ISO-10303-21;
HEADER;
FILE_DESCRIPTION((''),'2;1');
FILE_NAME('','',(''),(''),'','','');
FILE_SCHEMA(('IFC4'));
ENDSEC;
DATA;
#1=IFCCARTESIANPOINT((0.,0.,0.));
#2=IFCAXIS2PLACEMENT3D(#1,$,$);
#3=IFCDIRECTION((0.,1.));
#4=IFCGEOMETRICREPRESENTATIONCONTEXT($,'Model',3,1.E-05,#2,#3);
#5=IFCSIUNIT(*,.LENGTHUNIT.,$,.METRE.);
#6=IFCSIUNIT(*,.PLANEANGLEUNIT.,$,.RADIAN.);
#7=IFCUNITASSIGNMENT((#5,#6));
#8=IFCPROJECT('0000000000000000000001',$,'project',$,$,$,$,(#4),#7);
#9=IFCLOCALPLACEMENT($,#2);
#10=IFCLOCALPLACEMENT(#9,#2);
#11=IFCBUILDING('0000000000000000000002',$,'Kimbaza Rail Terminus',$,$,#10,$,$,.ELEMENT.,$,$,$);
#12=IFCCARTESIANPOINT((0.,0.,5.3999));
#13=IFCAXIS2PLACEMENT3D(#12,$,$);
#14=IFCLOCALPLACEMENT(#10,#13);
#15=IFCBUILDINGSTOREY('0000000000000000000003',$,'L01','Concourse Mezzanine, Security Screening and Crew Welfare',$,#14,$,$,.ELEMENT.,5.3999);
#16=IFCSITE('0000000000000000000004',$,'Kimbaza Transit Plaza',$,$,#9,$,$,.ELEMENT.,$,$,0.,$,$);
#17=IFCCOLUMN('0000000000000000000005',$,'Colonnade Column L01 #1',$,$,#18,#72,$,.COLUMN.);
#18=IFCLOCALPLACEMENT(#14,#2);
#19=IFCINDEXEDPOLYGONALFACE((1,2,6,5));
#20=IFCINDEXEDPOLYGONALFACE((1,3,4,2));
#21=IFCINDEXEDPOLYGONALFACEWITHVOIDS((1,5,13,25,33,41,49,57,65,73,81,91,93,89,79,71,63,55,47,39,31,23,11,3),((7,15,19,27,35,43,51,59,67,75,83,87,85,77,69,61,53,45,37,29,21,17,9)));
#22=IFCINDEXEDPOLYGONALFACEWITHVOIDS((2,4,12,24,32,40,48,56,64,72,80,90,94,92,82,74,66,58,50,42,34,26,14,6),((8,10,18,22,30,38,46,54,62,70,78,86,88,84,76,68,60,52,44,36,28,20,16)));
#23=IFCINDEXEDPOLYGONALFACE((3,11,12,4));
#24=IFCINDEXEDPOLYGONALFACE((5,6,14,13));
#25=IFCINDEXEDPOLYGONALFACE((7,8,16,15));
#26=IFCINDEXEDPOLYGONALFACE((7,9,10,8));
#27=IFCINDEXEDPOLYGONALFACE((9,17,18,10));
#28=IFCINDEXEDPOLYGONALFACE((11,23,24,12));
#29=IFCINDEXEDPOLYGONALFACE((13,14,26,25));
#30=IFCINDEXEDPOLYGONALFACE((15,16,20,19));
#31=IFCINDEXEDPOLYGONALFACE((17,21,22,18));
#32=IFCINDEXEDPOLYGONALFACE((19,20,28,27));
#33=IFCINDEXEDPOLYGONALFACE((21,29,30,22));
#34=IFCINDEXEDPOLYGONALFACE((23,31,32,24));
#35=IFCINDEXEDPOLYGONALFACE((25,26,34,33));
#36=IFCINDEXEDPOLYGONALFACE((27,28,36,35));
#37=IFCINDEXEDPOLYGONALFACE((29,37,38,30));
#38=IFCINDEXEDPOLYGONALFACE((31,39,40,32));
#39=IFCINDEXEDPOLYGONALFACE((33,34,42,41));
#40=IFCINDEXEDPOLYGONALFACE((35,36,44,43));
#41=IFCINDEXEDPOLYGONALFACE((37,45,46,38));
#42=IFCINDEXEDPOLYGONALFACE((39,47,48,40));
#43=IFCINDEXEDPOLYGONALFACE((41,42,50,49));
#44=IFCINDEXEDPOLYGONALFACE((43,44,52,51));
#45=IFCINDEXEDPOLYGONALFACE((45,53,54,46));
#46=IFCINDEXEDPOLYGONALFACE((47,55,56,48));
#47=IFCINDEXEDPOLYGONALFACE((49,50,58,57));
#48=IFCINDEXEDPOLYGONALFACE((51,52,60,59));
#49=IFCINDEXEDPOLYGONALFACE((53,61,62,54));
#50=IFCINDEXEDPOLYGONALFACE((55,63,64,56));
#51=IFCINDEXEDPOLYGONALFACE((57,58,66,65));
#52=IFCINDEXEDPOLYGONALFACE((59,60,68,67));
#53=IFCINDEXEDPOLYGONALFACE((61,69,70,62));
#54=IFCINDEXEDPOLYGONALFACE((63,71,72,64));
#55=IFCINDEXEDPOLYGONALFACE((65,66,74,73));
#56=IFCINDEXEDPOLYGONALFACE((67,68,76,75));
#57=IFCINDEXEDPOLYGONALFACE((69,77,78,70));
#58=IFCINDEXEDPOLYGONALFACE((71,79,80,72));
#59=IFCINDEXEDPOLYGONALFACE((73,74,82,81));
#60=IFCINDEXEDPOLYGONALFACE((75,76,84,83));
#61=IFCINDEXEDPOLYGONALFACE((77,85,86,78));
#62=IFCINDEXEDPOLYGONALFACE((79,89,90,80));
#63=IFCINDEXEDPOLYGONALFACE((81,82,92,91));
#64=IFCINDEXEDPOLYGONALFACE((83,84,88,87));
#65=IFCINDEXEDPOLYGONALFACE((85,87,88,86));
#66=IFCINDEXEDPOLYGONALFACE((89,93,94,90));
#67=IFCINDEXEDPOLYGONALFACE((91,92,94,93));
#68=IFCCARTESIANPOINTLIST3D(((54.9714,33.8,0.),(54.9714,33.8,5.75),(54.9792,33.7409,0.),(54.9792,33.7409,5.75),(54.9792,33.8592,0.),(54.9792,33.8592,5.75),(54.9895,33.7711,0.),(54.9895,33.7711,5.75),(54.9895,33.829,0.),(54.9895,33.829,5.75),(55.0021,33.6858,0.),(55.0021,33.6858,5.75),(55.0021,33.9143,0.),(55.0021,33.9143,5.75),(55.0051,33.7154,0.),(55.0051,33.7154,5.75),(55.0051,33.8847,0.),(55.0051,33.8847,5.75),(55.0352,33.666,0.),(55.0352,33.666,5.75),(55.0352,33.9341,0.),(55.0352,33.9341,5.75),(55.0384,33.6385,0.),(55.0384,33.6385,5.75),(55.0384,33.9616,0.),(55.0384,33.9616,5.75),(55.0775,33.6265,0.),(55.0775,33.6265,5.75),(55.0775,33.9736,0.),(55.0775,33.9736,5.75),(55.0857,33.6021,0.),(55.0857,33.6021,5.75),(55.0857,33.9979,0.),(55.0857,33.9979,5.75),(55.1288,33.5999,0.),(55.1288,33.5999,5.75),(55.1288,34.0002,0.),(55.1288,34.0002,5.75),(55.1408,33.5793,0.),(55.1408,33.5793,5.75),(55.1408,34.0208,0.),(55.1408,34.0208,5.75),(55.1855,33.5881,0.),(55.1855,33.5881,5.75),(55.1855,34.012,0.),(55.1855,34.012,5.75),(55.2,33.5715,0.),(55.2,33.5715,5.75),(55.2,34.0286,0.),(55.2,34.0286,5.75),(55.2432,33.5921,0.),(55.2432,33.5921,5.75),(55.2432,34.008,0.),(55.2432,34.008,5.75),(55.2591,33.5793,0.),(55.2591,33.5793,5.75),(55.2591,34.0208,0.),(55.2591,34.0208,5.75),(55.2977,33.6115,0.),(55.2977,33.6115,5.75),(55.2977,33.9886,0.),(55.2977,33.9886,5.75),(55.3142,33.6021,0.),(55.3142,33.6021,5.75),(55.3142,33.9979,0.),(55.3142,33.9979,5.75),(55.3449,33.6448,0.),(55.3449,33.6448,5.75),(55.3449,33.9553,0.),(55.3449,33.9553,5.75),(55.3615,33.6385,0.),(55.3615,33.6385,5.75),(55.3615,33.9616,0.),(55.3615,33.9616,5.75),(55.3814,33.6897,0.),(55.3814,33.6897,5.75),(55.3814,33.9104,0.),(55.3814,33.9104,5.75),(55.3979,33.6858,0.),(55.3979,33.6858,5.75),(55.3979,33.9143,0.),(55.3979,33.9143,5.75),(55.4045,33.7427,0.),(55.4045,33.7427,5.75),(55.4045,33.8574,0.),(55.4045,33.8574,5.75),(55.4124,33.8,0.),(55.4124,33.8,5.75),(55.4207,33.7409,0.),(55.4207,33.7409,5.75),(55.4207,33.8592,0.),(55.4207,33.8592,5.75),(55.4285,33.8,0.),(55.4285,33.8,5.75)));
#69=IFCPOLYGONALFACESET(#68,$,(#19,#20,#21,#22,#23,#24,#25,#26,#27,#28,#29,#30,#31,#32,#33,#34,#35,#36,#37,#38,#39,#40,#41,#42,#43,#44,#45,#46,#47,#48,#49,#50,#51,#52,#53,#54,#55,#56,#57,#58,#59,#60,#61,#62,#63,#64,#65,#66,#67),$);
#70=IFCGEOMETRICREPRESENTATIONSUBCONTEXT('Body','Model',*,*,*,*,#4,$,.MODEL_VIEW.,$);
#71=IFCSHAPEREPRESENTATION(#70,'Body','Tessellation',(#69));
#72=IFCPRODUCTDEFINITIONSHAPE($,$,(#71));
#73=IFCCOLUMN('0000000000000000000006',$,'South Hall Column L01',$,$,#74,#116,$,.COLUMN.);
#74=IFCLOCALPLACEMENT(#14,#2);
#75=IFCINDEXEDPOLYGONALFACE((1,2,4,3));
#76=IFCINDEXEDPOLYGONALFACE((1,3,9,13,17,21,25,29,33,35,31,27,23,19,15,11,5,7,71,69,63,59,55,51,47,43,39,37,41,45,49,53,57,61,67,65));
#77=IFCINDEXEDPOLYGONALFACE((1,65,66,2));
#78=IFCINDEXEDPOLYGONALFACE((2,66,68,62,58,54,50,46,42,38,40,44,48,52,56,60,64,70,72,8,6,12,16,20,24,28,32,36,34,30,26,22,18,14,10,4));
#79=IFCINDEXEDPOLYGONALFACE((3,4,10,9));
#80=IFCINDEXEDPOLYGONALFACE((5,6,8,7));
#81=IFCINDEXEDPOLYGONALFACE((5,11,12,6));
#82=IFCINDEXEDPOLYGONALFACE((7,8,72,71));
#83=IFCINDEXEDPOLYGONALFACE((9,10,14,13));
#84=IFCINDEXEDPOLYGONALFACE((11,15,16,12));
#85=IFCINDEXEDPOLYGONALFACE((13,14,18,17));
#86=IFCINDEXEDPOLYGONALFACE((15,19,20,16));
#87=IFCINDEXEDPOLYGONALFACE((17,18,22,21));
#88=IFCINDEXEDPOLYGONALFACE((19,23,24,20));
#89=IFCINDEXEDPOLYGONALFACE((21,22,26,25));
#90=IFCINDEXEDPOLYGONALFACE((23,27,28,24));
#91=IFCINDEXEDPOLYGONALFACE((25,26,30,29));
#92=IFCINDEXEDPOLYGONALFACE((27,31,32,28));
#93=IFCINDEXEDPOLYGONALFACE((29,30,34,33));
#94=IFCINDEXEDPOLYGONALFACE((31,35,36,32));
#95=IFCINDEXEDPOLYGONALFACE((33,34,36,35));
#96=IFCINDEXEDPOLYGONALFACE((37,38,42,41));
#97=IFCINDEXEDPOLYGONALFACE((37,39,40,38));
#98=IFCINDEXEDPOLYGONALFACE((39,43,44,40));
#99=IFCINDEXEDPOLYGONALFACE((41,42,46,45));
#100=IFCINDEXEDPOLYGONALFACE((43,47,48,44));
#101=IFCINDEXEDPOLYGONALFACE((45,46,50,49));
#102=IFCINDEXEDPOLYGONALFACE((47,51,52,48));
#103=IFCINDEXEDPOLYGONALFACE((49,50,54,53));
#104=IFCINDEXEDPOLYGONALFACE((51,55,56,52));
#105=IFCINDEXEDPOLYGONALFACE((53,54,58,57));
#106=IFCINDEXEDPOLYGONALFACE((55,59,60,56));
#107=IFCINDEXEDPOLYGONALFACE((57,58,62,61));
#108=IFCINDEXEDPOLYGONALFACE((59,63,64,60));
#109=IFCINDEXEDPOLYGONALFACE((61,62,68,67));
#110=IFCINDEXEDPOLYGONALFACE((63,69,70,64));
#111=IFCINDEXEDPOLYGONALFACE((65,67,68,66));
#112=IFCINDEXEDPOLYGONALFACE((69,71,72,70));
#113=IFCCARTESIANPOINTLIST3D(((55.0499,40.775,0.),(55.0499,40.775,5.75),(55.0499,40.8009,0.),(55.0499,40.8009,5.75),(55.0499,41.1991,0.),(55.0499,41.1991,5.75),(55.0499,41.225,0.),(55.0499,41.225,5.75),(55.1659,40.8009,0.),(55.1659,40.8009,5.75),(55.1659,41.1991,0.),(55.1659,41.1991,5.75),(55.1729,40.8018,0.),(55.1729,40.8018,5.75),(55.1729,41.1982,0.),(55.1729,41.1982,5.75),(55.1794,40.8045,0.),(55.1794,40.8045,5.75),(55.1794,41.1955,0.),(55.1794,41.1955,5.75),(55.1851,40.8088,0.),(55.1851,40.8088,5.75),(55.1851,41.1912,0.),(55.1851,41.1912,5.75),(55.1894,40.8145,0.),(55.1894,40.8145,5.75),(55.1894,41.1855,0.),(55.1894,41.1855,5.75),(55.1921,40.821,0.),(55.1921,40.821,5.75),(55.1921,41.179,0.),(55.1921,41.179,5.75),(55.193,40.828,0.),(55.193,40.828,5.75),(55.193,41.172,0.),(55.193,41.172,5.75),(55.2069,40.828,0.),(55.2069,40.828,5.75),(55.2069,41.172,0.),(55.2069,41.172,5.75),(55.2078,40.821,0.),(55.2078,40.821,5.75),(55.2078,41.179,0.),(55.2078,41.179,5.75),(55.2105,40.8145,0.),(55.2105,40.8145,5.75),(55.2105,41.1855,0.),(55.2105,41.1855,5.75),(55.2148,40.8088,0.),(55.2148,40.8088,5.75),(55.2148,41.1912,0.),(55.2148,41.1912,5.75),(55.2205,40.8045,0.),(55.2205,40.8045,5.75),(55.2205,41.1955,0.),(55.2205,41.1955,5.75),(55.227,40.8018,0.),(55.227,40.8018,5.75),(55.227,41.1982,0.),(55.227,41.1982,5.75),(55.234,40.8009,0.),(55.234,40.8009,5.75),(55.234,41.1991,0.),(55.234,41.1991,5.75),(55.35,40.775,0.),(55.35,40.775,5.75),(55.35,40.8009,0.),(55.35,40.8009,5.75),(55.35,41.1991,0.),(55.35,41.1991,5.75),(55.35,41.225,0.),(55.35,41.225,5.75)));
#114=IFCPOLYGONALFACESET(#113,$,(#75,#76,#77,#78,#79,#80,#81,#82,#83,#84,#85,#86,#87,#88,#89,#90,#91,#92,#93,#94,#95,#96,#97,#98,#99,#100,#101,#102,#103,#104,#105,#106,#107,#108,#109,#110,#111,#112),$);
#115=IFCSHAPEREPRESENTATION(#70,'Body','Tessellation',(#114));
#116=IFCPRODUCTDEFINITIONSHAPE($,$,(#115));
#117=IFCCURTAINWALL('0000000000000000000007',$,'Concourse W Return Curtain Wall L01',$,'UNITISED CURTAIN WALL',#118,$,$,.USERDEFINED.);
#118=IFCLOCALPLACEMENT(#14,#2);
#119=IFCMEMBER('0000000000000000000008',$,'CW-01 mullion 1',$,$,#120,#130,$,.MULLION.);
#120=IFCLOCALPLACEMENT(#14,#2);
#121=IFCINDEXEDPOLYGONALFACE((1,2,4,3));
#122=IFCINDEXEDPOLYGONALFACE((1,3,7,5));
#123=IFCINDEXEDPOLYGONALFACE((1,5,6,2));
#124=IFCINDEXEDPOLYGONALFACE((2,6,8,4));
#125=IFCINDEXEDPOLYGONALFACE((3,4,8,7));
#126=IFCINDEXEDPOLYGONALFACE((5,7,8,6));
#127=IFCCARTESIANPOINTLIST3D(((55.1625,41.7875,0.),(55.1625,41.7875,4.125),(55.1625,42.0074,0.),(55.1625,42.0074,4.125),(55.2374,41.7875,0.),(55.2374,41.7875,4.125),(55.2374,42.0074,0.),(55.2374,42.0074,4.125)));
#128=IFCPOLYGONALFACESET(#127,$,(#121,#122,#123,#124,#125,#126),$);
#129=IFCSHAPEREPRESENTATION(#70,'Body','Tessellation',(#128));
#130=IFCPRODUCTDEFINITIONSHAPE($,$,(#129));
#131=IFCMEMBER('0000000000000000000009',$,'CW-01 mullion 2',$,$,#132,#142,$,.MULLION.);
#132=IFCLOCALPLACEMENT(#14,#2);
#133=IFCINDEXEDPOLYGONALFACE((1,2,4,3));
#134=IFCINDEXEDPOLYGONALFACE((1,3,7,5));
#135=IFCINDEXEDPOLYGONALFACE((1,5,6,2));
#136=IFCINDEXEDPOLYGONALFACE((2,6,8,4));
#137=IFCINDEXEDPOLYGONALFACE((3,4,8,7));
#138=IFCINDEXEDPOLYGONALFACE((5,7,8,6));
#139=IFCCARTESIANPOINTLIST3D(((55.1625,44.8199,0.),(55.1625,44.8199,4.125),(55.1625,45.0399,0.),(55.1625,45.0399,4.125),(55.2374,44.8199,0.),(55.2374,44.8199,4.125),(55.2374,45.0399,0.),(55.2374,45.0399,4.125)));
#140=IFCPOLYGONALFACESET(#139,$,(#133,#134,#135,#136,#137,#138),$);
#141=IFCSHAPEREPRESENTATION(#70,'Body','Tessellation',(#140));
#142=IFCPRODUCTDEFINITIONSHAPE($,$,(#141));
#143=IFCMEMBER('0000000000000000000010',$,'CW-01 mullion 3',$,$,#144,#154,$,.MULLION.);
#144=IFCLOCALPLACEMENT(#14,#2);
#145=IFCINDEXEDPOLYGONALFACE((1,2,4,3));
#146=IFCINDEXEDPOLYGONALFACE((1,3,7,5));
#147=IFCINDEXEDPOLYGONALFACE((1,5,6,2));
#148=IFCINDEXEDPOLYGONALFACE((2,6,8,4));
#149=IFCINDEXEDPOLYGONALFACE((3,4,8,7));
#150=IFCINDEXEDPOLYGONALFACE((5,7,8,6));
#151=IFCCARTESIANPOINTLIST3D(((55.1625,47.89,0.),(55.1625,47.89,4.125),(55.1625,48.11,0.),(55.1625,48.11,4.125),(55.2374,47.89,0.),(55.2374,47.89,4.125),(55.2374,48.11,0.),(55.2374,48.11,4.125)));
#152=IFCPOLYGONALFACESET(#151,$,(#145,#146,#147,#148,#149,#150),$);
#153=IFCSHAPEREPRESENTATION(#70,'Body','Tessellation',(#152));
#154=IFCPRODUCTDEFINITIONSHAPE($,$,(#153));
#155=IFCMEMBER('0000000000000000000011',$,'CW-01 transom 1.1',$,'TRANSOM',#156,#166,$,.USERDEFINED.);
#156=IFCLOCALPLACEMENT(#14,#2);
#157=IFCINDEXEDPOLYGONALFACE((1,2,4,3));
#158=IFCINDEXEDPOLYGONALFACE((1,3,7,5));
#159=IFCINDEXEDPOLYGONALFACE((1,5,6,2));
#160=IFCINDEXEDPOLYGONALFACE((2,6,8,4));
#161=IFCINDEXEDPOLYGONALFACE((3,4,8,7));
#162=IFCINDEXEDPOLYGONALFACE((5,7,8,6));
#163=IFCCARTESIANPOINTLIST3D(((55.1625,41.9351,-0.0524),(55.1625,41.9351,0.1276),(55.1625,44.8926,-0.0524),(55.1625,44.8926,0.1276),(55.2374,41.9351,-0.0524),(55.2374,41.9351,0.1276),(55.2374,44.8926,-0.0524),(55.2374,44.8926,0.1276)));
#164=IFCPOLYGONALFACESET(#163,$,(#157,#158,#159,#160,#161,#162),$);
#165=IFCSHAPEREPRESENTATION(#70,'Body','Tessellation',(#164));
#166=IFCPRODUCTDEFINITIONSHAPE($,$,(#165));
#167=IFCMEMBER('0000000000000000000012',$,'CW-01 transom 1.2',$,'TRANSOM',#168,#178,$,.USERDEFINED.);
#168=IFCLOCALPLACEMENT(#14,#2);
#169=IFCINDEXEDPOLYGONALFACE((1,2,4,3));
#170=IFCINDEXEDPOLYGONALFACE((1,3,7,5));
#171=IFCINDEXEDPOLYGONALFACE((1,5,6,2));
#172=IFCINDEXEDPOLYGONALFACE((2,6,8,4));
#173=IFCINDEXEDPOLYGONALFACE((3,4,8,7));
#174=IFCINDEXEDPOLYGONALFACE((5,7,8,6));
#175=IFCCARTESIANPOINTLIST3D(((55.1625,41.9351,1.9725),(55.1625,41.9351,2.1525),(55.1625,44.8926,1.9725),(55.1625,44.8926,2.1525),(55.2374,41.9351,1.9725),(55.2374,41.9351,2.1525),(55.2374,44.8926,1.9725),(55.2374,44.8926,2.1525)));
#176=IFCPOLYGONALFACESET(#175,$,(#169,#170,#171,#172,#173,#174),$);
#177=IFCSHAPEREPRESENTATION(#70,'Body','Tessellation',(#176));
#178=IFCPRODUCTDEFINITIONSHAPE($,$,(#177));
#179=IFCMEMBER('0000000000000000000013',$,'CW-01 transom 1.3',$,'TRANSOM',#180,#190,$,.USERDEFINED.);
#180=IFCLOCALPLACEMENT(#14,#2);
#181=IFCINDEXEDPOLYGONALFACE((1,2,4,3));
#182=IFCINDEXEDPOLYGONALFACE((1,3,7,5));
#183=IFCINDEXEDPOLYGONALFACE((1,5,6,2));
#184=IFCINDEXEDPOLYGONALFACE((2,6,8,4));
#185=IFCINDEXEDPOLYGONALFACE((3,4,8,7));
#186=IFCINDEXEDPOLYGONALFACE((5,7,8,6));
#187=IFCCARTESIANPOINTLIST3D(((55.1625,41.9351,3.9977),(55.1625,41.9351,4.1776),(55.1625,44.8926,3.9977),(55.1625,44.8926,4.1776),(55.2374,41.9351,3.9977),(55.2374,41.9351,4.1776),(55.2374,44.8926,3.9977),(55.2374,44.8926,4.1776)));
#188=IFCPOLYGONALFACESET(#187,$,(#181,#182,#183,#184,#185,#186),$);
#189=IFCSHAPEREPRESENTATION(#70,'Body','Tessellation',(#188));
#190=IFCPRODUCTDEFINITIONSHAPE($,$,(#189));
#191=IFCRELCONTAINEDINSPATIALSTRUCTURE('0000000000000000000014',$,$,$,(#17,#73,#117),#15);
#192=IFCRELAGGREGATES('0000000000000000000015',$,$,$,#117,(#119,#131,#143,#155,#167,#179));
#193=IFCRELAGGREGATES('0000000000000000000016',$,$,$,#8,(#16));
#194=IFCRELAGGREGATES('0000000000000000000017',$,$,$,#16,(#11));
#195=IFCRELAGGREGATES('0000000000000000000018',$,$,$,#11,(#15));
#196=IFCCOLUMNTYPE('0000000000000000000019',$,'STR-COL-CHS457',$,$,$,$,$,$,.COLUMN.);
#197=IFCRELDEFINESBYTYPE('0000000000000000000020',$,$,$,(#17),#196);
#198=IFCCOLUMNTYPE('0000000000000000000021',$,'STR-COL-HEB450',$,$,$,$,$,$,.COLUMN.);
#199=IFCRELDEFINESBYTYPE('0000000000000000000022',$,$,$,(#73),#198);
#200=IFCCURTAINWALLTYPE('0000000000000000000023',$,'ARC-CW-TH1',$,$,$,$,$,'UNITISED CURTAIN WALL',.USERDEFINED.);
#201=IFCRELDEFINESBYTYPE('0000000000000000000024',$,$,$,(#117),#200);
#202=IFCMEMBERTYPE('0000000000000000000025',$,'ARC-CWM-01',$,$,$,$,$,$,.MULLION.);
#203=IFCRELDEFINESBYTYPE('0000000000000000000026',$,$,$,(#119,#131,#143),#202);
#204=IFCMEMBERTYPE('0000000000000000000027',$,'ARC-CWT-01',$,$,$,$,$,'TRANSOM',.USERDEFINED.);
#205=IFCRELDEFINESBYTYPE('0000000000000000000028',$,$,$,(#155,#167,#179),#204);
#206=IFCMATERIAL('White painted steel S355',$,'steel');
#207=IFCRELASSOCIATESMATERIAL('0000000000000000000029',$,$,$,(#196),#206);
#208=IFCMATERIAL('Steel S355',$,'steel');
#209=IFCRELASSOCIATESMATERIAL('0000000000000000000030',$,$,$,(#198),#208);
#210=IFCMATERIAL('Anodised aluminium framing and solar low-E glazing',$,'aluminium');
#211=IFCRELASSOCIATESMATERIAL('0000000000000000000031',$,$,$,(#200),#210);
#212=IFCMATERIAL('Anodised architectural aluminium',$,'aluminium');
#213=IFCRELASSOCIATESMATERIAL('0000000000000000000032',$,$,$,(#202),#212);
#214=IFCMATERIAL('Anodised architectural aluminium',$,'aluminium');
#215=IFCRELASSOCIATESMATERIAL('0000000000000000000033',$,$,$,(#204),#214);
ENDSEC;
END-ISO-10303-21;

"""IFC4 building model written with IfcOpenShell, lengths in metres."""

from ifc_helpers import new_model, si_unit, direction, frame, origin, origin_2d, place, context, subcontext, project, spatial, rectangle, hollow_circle, i_section, extrude, material, material_profile, profile_set, type_object, element, aggregate, save


model = new_model("IFC4")

# Units and contexts
model_context = context("Model", 3, precision=1e-05, world=origin(), true_north=direction((0.0, 1.0)))
body_context = subcontext(model_context, "Body", "Model", "MODEL_VIEW")
ifc_project = project(units=[si_unit("LENGTHUNIT", "METRE"), si_unit("PLANEANGLEUNIT", "RADIAN")], contexts=[model_context])

# Site, building, storey
site_placement = place(None, origin())
site = spatial("IfcSite", under=ifc_project, at=site_placement, Name="Kimbaza Transit Plaza", CompositionType="ELEMENT", RefElevation=0.0)
building_placement = place(site_placement, origin())
building = spatial("IfcBuilding", under=site, at=building_placement, Name="Kimbaza Rail Terminus", CompositionType="ELEMENT")
storey_placement = place(building_placement, frame((0.0, 0.0, 5.3999)))
storey = spatial("IfcBuildingStorey", under=building, at=storey_placement, Name="L01", Description="Concourse Mezzanine, Security Screening and Crew Welfare", CompositionType="ELEMENT", Elevation=5.3999)

# Columns
ifc_material_1 = material(Name="White painted steel S355", Category="steel")
ifc_material_profile_1 = material_profile(ifc_material_1, hollow_circle(Radius=0.2285, WallThickness=0.0161, at=origin_2d()), Name="CHS 457x16")
ifc_profile_set_1 = profile_set([ifc_material_profile_1], Name="White painted steel S355")
column_type_1 = type_object("IfcColumnType", Name="STR-COL-CHS457", PredefinedType="COLUMN", material=ifc_profile_set_1)
column_1_placement = place(storey_placement, frame((55.2, 33.8, 0.0), z_axis=(0.0, 0.0, 1.0), x_axis=(1.0, 0.0, 0.0)))
element("IfcColumn", 1, at=column_1_placement, inside=storey, type_object=column_type_1, Name="Colonnade Column L01 #1", PredefinedType="COLUMN", context=body_context, shape_type="SweptSolid", body=[
    extrude(hollow_circle(Radius=0.2285, WallThickness=0.0161, at=origin_2d()), origin(), (0.0, 0.0, 1.0), 5.75),
])
ifc_material_2 = material(Name="Steel S355", Category="steel")
ifc_material_profile_2 = material_profile(ifc_material_2, i_section(OverallWidth=0.3, OverallDepth=0.45, WebThickness=0.0139, FlangeThickness=0.0259, FilletRadius=0.0271, at=origin_2d()), Name="HEB 450")
ifc_profile_set_2 = profile_set([ifc_material_profile_2], Name="Steel S355")
column_type_2 = type_object("IfcColumnType", Name="STR-COL-HEB450", PredefinedType="COLUMN", material=ifc_profile_set_2)
column_2_placement = place(storey_placement, frame((55.2, 41.0, 0.0), z_axis=(0.0, 0.0, 1.0), x_axis=(1.0, 0.0, 0.0)))
element("IfcColumn", 2, at=column_2_placement, inside=storey, type_object=column_type_2, Name="South Hall Column L01", PredefinedType="COLUMN", context=body_context, shape_type="SweptSolid", body=[
    extrude(i_section(OverallWidth=0.3, OverallDepth=0.45, WebThickness=0.0139, FlangeThickness=0.0259, FilletRadius=0.0271, at=origin_2d()), origin(), (0.0, 0.0, 1.0), 5.75),
])

# Curtain wall, members
ifc_material_3 = material(Name="Anodised aluminium framing and solar low-E glazing", Category="aluminium")
curtain_wall_type = type_object("IfcCurtainWallType", Name="ARC-CW-TH1", ElementType="UNITISED CURTAIN WALL", PredefinedType="USERDEFINED", material=ifc_material_3)
curtain_wall_placement = place(storey_placement, origin())
curtain_wall = element("IfcCurtainWall", 3, at=curtain_wall_placement, inside=storey, type_object=curtain_wall_type, Name="Concourse W Return Curtain Wall L01", ObjectType="UNITISED CURTAIN WALL", PredefinedType="USERDEFINED")
ifc_material_4 = material(Name="Anodised architectural aluminium", Category="aluminium")
ifc_material_profile_3 = material_profile(ifc_material_4, rectangle(XDim=0.075, YDim=0.22, at=origin_2d()), Name="MULLION 75x220")
ifc_profile_set_3 = profile_set([ifc_material_profile_3], Name="Anodised architectural aluminium")
member_type_1 = type_object("IfcMemberType", Name="ARC-CWM-01", PredefinedType="MULLION", material=ifc_profile_set_3)
member_1_placement = place(storey_placement, frame((55.2, 41.8975, 0.0), z_axis=(0.0, 0.0, 1.0), x_axis=(-1.0, 0.0, 0.0)))
member_1 = element("IfcMember", 4, at=member_1_placement, type_object=member_type_1, Name="CW-01 mullion 1", PredefinedType="MULLION", context=body_context, shape_type="SweptSolid", body=[
    extrude(rectangle(XDim=0.075, YDim=0.22, at=origin_2d()), origin(), (0.0, 0.0, 1.0), 4.125),
])
member_2_placement = place(storey_placement, frame((55.2, 44.9299, 0.0), z_axis=(0.0, 0.0, 1.0), x_axis=(-1.0, 0.0, 0.0)))
member_2 = element("IfcMember", 5, at=member_2_placement, type_object=member_type_1, Name="CW-01 mullion 2", PredefinedType="MULLION", context=body_context, shape_type="SweptSolid", body=[
    extrude(rectangle(XDim=0.075, YDim=0.22, at=origin_2d()), origin(), (0.0, 0.0, 1.0), 4.125),
])
member_3_placement = place(storey_placement, frame((55.2, 48.0, 0.0), z_axis=(0.0, 0.0, 1.0), x_axis=(-1.0, 0.0, 0.0)))
member_3 = element("IfcMember", 6, at=member_3_placement, type_object=member_type_1, Name="CW-01 mullion 3", PredefinedType="MULLION", context=body_context, shape_type="SweptSolid", body=[
    extrude(rectangle(XDim=0.075, YDim=0.22, at=origin_2d()), origin(), (0.0, 0.0, 1.0), 4.125),
])
ifc_material_5 = material(Name="Anodised architectural aluminium", Category="aluminium")
ifc_material_profile_4 = material_profile(ifc_material_5, rectangle(XDim=0.075, YDim=0.1799, at=origin_2d()), Name="TRANSOM 75x180")
ifc_profile_set_4 = profile_set([ifc_material_profile_4], Name="Anodised architectural aluminium")
member_type_2 = type_object("IfcMemberType", Name="ARC-CWT-01", ElementType="TRANSOM", PredefinedType="USERDEFINED", material=ifc_profile_set_4)
member_4_placement = place(storey_placement, frame((55.2, 41.9351, 0.0376), z_axis=(0.0, 1.0, 0.0), x_axis=(-1.0, 0.0, 0.0)))
member_4 = element("IfcMember", 7, at=member_4_placement, type_object=member_type_2, Name="CW-01 transom 1.1", ObjectType="TRANSOM", PredefinedType="USERDEFINED", context=body_context, shape_type="SweptSolid", body=[
    extrude(rectangle(XDim=0.075, YDim=0.1799, at=origin_2d()), origin(), (0.0, 0.0, 1.0), 2.9575),
])
member_5_placement = place(storey_placement, frame((55.2, 41.9351, 2.0625), z_axis=(0.0, 1.0, 0.0), x_axis=(-1.0, 0.0, 0.0)))
member_5 = element("IfcMember", 8, at=member_5_placement, type_object=member_type_2, Name="CW-01 transom 1.2", ObjectType="TRANSOM", PredefinedType="USERDEFINED", context=body_context, shape_type="SweptSolid", body=[
    extrude(rectangle(XDim=0.075, YDim=0.1799, at=origin_2d()), origin(), (0.0, 0.0, 1.0), 2.9575),
])
member_6_placement = place(storey_placement, frame((55.2, 41.9351, 4.0876), z_axis=(0.0, 1.0, 0.0), x_axis=(-1.0, 0.0, 0.0)))
member_6 = element("IfcMember", 9, at=member_6_placement, type_object=member_type_2, Name="CW-01 transom 1.3", ObjectType="TRANSOM", PredefinedType="USERDEFINED", context=body_context, shape_type="SweptSolid", body=[
    extrude(rectangle(XDim=0.075, YDim=0.1799, at=origin_2d()), origin(), (0.0, 0.0, 1.0), 2.9575),
])

aggregate(curtain_wall, [member_1, member_2, member_3, member_4, member_5, member_6])

save(model, "model.ifc")
